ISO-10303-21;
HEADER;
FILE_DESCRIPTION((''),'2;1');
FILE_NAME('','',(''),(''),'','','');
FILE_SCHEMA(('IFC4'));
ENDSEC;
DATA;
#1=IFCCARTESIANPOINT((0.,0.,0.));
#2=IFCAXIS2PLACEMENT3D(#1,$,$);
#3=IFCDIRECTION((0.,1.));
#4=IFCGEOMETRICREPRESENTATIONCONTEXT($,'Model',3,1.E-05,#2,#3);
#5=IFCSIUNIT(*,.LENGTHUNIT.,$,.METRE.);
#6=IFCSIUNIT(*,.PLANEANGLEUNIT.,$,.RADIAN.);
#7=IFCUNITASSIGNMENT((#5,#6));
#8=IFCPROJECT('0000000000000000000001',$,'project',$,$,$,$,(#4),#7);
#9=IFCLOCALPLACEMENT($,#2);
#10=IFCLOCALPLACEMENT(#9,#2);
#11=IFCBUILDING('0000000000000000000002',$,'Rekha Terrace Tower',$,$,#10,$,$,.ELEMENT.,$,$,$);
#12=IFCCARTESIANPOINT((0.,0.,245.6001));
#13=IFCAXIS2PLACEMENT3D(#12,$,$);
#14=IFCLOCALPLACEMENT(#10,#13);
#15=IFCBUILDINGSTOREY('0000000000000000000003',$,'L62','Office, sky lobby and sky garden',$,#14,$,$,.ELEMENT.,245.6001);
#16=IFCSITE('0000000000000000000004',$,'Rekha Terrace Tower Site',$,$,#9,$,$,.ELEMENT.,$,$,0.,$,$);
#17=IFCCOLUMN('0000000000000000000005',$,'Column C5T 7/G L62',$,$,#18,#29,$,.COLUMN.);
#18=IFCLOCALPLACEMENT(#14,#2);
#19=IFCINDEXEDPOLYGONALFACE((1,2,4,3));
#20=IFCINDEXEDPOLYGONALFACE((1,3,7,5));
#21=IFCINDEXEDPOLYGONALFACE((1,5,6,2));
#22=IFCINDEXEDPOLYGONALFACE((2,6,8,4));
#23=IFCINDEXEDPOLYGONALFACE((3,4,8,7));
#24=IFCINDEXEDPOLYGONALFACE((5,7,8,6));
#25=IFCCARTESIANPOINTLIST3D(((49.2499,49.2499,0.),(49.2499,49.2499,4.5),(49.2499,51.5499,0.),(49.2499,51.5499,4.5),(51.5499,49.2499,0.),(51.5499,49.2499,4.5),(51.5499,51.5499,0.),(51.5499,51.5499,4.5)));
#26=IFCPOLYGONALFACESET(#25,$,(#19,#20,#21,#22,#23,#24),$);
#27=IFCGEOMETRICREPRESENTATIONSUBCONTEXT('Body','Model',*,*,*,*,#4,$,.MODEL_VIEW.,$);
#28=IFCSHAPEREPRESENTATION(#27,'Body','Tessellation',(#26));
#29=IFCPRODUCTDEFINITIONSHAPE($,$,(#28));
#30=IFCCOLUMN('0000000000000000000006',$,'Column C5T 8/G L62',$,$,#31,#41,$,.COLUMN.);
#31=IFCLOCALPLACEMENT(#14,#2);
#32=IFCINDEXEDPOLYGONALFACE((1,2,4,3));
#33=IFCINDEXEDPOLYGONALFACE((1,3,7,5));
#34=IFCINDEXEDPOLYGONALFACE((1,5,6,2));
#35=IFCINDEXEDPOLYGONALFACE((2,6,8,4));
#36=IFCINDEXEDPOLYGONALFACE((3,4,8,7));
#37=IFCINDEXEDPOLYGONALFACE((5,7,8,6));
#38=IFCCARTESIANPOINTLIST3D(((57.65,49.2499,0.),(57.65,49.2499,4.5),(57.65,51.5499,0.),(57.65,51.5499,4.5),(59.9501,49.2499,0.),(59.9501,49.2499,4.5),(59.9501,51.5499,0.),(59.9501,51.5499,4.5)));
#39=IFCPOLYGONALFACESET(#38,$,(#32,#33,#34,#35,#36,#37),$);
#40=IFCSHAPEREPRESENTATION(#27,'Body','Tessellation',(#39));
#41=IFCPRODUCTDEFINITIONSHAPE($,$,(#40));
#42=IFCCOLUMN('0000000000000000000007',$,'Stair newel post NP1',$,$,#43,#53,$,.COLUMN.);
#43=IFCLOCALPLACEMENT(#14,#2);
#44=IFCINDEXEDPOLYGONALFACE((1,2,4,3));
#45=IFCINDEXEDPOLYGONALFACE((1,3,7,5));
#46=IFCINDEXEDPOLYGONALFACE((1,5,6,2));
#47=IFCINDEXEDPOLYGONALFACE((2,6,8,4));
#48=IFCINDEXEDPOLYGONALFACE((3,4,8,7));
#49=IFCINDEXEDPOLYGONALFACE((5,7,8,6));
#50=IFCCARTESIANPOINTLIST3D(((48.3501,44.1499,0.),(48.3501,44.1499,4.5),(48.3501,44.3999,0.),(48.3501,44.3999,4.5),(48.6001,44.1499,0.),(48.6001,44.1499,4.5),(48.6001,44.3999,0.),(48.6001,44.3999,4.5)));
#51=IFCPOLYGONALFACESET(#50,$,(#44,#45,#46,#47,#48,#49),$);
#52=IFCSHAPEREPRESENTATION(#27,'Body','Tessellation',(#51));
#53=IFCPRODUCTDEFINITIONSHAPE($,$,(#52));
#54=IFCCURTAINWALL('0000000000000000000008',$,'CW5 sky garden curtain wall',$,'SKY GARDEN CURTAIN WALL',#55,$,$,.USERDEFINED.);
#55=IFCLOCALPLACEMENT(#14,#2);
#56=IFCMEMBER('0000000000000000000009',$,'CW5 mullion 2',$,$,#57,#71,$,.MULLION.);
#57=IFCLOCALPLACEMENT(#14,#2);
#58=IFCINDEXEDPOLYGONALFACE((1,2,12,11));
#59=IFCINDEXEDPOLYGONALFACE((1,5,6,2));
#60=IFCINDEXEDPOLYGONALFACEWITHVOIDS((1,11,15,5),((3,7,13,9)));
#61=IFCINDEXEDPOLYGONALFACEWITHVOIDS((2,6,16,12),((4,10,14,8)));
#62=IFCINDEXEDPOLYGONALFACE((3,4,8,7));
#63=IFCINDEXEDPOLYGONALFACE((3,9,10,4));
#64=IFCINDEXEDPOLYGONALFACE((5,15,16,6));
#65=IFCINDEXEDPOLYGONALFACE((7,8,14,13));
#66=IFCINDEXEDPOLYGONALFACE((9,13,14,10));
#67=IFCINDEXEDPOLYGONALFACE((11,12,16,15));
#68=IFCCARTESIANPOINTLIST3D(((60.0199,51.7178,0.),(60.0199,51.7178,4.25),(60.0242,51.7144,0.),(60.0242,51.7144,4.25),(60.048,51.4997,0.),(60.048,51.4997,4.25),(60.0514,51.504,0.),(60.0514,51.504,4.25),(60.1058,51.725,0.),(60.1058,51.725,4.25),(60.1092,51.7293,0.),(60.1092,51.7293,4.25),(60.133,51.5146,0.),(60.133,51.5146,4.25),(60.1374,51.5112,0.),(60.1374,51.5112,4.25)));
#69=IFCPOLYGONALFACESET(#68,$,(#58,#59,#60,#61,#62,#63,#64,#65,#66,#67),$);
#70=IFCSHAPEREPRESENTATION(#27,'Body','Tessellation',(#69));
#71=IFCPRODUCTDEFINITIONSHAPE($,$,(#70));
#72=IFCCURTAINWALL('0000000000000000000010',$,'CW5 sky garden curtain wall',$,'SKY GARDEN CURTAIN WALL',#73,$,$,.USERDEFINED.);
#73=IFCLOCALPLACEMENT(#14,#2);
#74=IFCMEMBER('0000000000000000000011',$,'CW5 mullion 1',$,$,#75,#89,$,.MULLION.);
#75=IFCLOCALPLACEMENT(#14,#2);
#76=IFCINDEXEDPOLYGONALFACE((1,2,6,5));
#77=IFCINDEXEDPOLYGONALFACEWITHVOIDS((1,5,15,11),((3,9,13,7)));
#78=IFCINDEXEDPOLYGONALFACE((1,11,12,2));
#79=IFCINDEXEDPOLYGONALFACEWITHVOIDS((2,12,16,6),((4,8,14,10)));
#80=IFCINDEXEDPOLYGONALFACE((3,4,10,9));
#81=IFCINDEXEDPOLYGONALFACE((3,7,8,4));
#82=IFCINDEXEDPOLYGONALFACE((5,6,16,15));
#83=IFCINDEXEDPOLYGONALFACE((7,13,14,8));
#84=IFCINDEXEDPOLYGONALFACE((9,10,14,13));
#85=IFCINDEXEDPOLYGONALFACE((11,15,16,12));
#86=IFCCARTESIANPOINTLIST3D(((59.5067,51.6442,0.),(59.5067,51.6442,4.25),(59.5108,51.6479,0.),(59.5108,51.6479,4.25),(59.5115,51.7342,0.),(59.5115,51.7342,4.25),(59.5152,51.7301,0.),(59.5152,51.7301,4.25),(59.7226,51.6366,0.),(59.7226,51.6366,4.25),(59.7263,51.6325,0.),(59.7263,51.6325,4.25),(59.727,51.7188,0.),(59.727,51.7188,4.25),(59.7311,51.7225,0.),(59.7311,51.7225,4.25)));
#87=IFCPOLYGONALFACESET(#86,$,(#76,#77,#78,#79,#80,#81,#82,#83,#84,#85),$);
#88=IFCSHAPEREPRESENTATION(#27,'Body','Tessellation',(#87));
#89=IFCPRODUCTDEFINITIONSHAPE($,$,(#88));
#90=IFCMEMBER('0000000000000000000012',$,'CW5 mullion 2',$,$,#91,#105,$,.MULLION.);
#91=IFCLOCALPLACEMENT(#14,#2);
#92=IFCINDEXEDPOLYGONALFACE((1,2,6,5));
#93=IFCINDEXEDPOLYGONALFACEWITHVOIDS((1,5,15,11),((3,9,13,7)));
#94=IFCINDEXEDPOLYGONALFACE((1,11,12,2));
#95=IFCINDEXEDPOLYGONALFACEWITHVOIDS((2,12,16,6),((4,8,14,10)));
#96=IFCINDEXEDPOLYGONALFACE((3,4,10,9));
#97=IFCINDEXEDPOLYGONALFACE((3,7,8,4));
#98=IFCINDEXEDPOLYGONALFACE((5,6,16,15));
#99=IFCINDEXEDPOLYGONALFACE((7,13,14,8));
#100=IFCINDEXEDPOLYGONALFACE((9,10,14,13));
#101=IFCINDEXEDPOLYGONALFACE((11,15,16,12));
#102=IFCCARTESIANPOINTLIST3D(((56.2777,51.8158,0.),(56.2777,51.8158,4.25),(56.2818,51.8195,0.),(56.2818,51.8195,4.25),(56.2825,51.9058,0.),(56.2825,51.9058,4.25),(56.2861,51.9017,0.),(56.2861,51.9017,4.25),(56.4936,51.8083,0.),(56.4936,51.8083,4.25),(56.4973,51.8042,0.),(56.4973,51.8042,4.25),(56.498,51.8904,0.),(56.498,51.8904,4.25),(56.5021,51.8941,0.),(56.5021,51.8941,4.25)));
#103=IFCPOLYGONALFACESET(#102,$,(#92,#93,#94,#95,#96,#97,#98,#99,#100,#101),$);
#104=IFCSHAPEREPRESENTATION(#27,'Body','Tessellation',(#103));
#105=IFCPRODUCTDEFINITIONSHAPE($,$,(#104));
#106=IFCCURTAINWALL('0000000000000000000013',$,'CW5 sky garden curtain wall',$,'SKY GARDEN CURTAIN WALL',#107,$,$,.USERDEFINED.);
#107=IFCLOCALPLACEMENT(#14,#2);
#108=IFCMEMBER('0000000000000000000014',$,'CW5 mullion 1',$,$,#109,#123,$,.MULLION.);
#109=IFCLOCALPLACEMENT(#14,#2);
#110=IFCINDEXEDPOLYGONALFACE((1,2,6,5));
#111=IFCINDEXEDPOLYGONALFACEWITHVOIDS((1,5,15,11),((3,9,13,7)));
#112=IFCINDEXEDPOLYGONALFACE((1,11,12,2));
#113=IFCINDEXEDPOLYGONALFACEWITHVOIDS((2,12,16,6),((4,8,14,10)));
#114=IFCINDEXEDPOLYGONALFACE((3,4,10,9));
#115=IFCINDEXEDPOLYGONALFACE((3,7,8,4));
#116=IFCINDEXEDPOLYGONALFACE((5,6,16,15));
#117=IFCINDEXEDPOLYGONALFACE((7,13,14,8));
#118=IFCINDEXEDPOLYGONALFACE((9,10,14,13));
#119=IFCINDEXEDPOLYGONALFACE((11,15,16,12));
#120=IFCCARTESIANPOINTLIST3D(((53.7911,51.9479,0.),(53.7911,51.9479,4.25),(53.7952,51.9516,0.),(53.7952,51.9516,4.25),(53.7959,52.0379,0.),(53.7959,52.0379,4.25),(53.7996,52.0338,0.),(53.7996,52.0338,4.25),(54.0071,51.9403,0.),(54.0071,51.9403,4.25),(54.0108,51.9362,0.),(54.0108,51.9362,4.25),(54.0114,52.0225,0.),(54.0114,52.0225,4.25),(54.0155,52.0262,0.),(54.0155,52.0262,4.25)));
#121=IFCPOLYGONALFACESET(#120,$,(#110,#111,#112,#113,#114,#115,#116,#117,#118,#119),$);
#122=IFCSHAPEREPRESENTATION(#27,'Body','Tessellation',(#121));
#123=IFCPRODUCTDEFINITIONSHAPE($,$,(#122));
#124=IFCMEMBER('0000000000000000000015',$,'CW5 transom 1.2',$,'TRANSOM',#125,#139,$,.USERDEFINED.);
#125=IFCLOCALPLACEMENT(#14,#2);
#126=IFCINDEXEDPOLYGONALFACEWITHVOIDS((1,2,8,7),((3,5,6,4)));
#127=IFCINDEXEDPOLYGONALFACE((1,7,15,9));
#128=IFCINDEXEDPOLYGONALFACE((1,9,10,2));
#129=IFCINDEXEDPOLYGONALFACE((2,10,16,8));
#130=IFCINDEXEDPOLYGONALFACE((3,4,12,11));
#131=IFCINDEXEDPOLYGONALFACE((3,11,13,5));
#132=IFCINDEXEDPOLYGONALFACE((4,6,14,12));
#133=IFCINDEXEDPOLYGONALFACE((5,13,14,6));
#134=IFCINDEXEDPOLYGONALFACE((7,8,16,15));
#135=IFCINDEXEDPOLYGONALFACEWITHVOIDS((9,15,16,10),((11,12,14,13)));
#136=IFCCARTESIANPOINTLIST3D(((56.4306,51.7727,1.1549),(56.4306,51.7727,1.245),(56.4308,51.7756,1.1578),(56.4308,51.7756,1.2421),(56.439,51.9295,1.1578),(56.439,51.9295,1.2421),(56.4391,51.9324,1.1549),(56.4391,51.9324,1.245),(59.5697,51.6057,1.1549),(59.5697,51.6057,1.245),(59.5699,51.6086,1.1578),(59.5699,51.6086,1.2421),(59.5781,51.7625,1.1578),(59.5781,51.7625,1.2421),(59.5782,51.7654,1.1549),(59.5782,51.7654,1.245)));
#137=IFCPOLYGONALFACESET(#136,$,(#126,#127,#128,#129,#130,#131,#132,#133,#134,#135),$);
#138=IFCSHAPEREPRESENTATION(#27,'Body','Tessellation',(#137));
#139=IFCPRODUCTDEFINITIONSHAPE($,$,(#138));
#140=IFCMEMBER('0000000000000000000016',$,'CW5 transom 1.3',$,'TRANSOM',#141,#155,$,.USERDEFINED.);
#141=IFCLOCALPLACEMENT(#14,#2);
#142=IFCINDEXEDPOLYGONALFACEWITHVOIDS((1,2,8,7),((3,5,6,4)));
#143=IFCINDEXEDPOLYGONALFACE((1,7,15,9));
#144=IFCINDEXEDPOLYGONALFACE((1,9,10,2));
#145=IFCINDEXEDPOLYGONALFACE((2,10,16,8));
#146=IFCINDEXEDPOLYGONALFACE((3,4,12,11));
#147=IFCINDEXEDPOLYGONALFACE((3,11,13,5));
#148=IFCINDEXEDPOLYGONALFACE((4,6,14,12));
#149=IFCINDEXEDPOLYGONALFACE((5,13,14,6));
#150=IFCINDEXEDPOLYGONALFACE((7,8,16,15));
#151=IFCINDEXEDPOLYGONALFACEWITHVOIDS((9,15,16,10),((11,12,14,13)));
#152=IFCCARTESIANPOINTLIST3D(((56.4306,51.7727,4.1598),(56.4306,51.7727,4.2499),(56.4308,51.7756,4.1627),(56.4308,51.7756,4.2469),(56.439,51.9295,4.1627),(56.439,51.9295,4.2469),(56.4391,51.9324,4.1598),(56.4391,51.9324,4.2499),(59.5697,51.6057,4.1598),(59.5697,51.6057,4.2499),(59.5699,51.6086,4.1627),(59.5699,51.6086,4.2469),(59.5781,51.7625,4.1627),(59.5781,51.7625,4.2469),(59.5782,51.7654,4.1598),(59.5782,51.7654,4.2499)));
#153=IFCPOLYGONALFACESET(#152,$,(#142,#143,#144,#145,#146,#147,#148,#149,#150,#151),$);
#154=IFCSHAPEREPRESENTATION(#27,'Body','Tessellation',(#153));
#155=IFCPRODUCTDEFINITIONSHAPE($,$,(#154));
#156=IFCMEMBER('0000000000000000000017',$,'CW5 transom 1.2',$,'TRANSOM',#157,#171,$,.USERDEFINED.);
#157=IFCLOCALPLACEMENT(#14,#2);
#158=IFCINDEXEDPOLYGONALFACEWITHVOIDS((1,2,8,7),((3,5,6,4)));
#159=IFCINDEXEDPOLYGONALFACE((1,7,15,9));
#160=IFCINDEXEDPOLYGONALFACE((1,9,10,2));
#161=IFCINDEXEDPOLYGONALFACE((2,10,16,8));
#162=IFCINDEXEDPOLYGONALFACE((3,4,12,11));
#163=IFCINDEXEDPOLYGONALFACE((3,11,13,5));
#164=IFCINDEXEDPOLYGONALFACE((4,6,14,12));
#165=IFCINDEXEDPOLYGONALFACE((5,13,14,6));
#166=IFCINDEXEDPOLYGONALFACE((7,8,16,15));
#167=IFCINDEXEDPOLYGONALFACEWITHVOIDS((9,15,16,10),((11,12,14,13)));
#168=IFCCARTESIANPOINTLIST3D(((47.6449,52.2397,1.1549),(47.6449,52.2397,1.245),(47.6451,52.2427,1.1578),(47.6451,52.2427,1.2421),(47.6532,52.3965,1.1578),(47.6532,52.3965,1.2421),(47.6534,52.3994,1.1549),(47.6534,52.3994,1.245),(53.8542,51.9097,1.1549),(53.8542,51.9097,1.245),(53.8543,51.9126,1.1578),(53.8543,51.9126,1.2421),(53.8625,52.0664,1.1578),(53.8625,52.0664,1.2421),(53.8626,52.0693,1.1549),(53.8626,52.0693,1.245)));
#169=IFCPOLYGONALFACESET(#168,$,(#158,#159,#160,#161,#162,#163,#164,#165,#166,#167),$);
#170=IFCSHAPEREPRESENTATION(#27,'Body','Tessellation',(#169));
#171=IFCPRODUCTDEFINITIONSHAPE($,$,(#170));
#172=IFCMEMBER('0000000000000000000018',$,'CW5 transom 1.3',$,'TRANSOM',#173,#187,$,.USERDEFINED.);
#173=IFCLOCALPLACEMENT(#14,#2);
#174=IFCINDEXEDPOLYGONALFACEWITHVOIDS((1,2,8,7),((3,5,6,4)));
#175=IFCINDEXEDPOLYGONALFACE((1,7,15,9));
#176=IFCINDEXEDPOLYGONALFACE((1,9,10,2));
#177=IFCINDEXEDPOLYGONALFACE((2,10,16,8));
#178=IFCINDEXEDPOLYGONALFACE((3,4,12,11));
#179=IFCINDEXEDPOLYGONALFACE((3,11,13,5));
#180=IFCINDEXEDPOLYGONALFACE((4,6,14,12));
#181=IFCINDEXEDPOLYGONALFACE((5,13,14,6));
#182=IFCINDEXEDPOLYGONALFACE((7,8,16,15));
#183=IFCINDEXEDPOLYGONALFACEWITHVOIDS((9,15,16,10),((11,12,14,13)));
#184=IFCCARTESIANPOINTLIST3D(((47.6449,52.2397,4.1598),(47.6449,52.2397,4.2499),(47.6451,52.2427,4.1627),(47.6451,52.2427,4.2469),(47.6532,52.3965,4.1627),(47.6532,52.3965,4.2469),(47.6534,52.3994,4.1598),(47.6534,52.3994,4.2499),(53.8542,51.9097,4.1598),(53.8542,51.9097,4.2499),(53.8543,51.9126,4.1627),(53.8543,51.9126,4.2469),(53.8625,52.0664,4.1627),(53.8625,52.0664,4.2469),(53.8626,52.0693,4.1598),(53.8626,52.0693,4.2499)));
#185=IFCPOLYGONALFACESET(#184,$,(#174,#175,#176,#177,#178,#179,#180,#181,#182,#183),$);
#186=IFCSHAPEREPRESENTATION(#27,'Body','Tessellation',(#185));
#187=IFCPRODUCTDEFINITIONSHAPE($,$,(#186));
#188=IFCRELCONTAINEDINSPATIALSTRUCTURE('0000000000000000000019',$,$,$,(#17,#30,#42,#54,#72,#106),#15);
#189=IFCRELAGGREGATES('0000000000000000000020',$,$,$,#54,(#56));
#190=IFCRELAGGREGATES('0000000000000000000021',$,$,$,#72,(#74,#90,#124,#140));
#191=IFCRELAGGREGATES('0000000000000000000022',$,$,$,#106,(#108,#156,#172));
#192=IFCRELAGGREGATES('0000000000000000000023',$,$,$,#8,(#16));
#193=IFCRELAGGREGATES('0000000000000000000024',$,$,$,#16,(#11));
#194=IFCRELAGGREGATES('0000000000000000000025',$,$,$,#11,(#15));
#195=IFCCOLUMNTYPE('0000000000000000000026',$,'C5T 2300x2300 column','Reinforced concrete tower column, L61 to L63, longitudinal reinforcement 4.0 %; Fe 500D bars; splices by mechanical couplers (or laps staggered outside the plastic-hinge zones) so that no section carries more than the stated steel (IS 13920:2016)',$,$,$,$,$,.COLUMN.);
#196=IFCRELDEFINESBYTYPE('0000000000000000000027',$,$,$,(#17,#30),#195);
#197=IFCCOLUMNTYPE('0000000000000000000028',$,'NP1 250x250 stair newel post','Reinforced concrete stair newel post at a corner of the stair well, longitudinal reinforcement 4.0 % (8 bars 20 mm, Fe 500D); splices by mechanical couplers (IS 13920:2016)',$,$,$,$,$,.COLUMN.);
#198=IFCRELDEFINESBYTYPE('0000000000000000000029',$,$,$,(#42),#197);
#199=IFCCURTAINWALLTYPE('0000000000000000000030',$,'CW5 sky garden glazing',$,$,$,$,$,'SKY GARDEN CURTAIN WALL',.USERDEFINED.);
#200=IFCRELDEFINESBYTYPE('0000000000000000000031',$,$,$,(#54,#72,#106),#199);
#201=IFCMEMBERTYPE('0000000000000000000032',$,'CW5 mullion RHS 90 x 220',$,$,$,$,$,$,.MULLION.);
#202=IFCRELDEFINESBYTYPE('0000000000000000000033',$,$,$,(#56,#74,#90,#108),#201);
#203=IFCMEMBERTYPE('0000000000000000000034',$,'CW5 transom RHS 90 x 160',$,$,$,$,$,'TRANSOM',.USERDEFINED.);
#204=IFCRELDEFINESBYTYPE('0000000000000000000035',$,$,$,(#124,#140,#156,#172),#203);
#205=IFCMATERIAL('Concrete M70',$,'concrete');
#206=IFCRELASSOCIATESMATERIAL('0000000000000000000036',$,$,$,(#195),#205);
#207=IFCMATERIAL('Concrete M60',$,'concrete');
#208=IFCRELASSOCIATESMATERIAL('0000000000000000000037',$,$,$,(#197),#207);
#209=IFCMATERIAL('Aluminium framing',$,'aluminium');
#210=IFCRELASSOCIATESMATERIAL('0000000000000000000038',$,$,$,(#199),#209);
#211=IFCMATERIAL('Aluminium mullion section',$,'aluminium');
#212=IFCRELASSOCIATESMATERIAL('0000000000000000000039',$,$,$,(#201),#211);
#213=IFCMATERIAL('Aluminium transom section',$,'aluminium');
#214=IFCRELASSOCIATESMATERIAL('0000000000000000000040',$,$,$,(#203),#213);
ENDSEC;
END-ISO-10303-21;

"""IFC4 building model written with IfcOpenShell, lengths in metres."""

from ifc_helpers import new_model, si_unit, direction, frame, origin, origin_2d, place, context, subcontext, project, spatial, rectangle, hollow_rectangle, extrude, material, material_profile, profile_set, type_object, element, aggregate, save


model = new_model("IFC4")

# Units and contexts
model_context = context("Model", 3, precision=1e-05, world=origin(), true_north=direction((0.0, 1.0)))
body_context = subcontext(model_context, "Body", "Model", "MODEL_VIEW")
ifc_project = project(units=[si_unit("LENGTHUNIT", "METRE"), si_unit("PLANEANGLEUNIT", "RADIAN")], contexts=[model_context])

# Site, building, storey
site_placement = place(None, origin())
site = spatial("IfcSite", under=ifc_project, at=site_placement, Name="Rekha Terrace Tower Site", CompositionType="ELEMENT", RefElevation=0.0)
building_placement = place(site_placement, origin())
building = spatial("IfcBuilding", under=site, at=building_placement, Name="Rekha Terrace Tower", CompositionType="ELEMENT")
storey_placement = place(building_placement, frame((0.0, 0.0, 245.6001)))
storey = spatial("IfcBuildingStorey", under=building, at=storey_placement, Name="L62", Description="Office, sky lobby and sky garden", CompositionType="ELEMENT", Elevation=245.6001)

# Columns
ifc_material_1 = material(Name="Concrete M70", Category="concrete")
ifc_material_profile_1 = material_profile(ifc_material_1, rectangle(XDim=2.3, YDim=2.3, at=origin_2d()), Name="RC 2300x2300")
ifc_profile_set_1 = profile_set([ifc_material_profile_1], Name="Concrete M70")
column_type_1 = type_object("IfcColumnType", Name="C5T 2300x2300 column", Description="Reinforced concrete tower column, L61 to L63, longitudinal reinforcement 4.0 %; Fe 500D bars; splices by mechanical couplers (or laps staggered outside the plastic-hinge zones) so that no section carries more than the stated steel (IS 13920:2016)", PredefinedType="COLUMN", material=ifc_profile_set_1)
for number, where, z_axis, x_axis, name in (
    (1, (50.3999, 50.3999, 0.0), (0.0, 0.0, 1.0), (1.0, 0.0, 0.0), "Column C5T 7/G L62"),
    (2, (58.8, 50.3999, 0.0), (0.0, 0.0, 1.0), (1.0, 0.0, 0.0), "Column C5T 8/G L62"),
):
    element("IfcColumn", number, at=place(storey_placement, frame(where, z_axis=z_axis, x_axis=x_axis)), inside=storey, type_object=column_type_1, Name=name, PredefinedType="COLUMN", context=body_context, shape_type="SweptSolid", body=[
        extrude(rectangle(XDim=2.3, YDim=2.3, at=origin_2d()), origin(), (0.0, 0.0, 1.0), 4.5),
    ])
ifc_material_2 = material(Name="Concrete M60", Category="concrete")
ifc_material_profile_2 = material_profile(ifc_material_2, rectangle(XDim=0.25, YDim=0.25, at=origin_2d()), Name="RC 250x250")
ifc_profile_set_2 = profile_set([ifc_material_profile_2], Name="Concrete M60")
column_type_2 = type_object("IfcColumnType", Name="NP1 250x250 stair newel post", Description="Reinforced concrete stair newel post at a corner of the stair well, longitudinal reinforcement 4.0 % (8 bars 20 mm, Fe 500D); splices by mechanical couplers (IS 13920:2016)", PredefinedType="COLUMN", material=ifc_profile_set_2)
column_placement = place(storey_placement, frame((48.4751, 44.2749, 0.0), z_axis=(0.0, 0.0, 1.0), x_axis=(1.0, 0.0, 0.0)))
element("IfcColumn", 3, at=column_placement, inside=storey, type_object=column_type_2, Name="Stair newel post NP1", PredefinedType="COLUMN", context=body_context, shape_type="SweptSolid", body=[
    extrude(rectangle(XDim=0.25, YDim=0.25, at=origin_2d()), origin(), (0.0, 0.0, 1.0), 4.5),
])

# Curtain wall, member
ifc_material_3 = material(Name="Aluminium framing", Category="aluminium")
curtain_wall_type = type_object("IfcCurtainWallType", Name="CW5 sky garden glazing", ElementType="SKY GARDEN CURTAIN WALL", PredefinedType="USERDEFINED", material=ifc_material_3)
curtain_wall_1_placement = place(storey_placement, origin())
curtain_wall_1 = element("IfcCurtainWall", 4, at=curtain_wall_1_placement, inside=storey, type_object=curtain_wall_type, Name="CW5 sky garden curtain wall", ObjectType="SKY GARDEN CURTAIN WALL", PredefinedType="USERDEFINED")
ifc_material_4 = material(Name="Aluminium mullion section", Category="aluminium")
ifc_material_profile_3 = material_profile(ifc_material_4, hollow_rectangle(XDim=0.0901, YDim=0.22, WallThickness=0.0039, at=origin_2d()), Name="AL RHS 90x220")
ifc_profile_set_3 = profile_set([ifc_material_profile_3], Name="Aluminium mullion section")
member_type_1 = type_object("IfcMemberType", Name="CW5 mullion RHS 90 x 220", PredefinedType="MULLION", material=ifc_profile_set_3)
member_1_placement = place(storey_placement, frame((60.0786, 51.6145, 0.0), z_axis=(0.0, 0.0, 1.0), x_axis=(-0.991791, -0.12787, 0.0)))
member_1 = element("IfcMember", 5, at=member_1_placement, type_object=member_type_1, Name="CW5 mullion 2", PredefinedType="MULLION", context=body_context, shape_type="SweptSolid", body=[
    extrude(hollow_rectangle(XDim=0.0901, YDim=0.22, WallThickness=0.0039, at=origin_2d()), origin(), (0.0, 0.0, 1.0), 4.25),
])

# Curtain wall, members
curtain_wall_2_placement = place(storey_placement, origin())
curtain_wall_2 = element("IfcCurtainWall", 6, at=curtain_wall_2_placement, inside=storey, type_object=curtain_wall_type, Name="CW5 sky garden curtain wall", ObjectType="SKY GARDEN CURTAIN WALL", PredefinedType="USERDEFINED")
member_2_placement = place(storey_placement, frame((59.6189, 51.6833, 0.0), z_axis=(0.0, 0.0, 1.0), x_axis=(-0.053083, -0.99859, 0.0)))
member_2 = element("IfcMember", 7, at=member_2_placement, type_object=member_type_1, Name="CW5 mullion 1", PredefinedType="MULLION", context=body_context, shape_type="SweptSolid", body=[
    extrude(hollow_rectangle(XDim=0.0901, YDim=0.22, WallThickness=0.0039, at=origin_2d()), origin(), (0.0, 0.0, 1.0), 4.25),
])
member_3_placement = place(storey_placement, frame((56.3899, 51.855, 0.0), z_axis=(0.0, 0.0, 1.0), x_axis=(-0.053083, -0.99859, 0.0)))
member_3 = element("IfcMember", 8, at=member_3_placement, type_object=member_type_1, Name="CW5 mullion 2", PredefinedType="MULLION", context=body_context, shape_type="SweptSolid", body=[
    extrude(hollow_rectangle(XDim=0.0901, YDim=0.22, WallThickness=0.0039, at=origin_2d()), origin(), (0.0, 0.0, 1.0), 4.25),
])

# Curtain wall, member
curtain_wall_3_placement = place(storey_placement, origin())
curtain_wall_3 = element("IfcCurtainWall", 9, at=curtain_wall_3_placement, inside=storey, type_object=curtain_wall_type, Name="CW5 sky garden curtain wall", ObjectType="SKY GARDEN CURTAIN WALL", PredefinedType="USERDEFINED")
member_4_placement = place(storey_placement, frame((53.9033, 51.9871, 0.0), z_axis=(0.0, 0.0, 1.0), x_axis=(-0.053083, -0.99859, 0.0)))
member_4 = element("IfcMember", 10, at=member_4_placement, type_object=member_type_1, Name="CW5 mullion 1", PredefinedType="MULLION", context=body_context, shape_type="SweptSolid", body=[
    extrude(hollow_rectangle(XDim=0.0901, YDim=0.22, WallThickness=0.0039, at=origin_2d()), origin(), (0.0, 0.0, 1.0), 4.25),
])

# Members
ifc_material_5 = material(Name="Aluminium transom section", Category="aluminium")
ifc_material_profile_4 = material_profile(ifc_material_5, hollow_rectangle(XDim=0.1599, YDim=0.0901, WallThickness=0.0029, at=origin_2d()), Name="AL RHS 160x90")
ifc_profile_set_4 = profile_set([ifc_material_profile_4], Name="Aluminium transom section")
member_type_2 = type_object("IfcMemberType", Name="CW5 transom RHS 90 x 160", ElementType="TRANSOM", PredefinedType="USERDEFINED", material=ifc_profile_set_4)
member_5_placement = place(storey_placement, frame((59.574, 51.6855, 1.2), z_axis=(-0.998588, 0.053121, 0.0), x_axis=(-0.053121, -0.998588, 0.0)))
member_5 = element("IfcMember", 11, at=member_5_placement, type_object=member_type_2, Name="CW5 transom 1.2", ObjectType="TRANSOM", PredefinedType="USERDEFINED", context=body_context, shape_type="SweptSolid", body=[
    extrude(hollow_rectangle(XDim=0.1599, YDim=0.0901, WallThickness=0.0029, at=origin_2d()), origin(), (0.0, 0.0, 1.0), 3.1436),
])
member_6_placement = place(storey_placement, frame((59.574, 51.6855, 4.2048), z_axis=(-0.998588, 0.053121, 0.0), x_axis=(-0.053121, -0.998588, 0.0)))
member_6 = element("IfcMember", 12, at=member_6_placement, type_object=member_type_2, Name="CW5 transom 1.3", ObjectType="TRANSOM", PredefinedType="USERDEFINED", context=body_context, shape_type="SweptSolid", body=[
    extrude(hollow_rectangle(XDim=0.1599, YDim=0.0901, WallThickness=0.0029, at=origin_2d()), origin(), (0.0, 0.0, 1.0), 3.1436),
])
member_7_placement = place(storey_placement, frame((53.8584, 51.9895, 1.2), z_axis=(-0.99859, 0.053084, 0.0), x_axis=(-0.053084, -0.99859, 0.0)))
member_7 = element("IfcMember", 13, at=member_7_placement, type_object=member_type_2, Name="CW5 transom 1.2", ObjectType="TRANSOM", PredefinedType="USERDEFINED", context=body_context, shape_type="SweptSolid", body=[
    extrude(hollow_rectangle(XDim=0.1599, YDim=0.0901, WallThickness=0.0029, at=origin_2d()), origin(), (0.0, 0.0, 1.0), 6.218),
])
member_8_placement = place(storey_placement, frame((53.8584, 51.9895, 4.2048), z_axis=(-0.99859, 0.053084, 0.0), x_axis=(-0.053084, -0.99859, 0.0)))
member_8 = element("IfcMember", 14, at=member_8_placement, type_object=member_type_2, Name="CW5 transom 1.3", ObjectType="TRANSOM", PredefinedType="USERDEFINED", context=body_context, shape_type="SweptSolid", body=[
    extrude(hollow_rectangle(XDim=0.1599, YDim=0.0901, WallThickness=0.0029, at=origin_2d()), origin(), (0.0, 0.0, 1.0), 6.218),
])

aggregate(curtain_wall_1, [member_1])
aggregate(curtain_wall_2, [member_2, member_3, member_5, member_6])
aggregate(curtain_wall_3, [member_4, member_7, member_8])

save(model, "model.ifc")
